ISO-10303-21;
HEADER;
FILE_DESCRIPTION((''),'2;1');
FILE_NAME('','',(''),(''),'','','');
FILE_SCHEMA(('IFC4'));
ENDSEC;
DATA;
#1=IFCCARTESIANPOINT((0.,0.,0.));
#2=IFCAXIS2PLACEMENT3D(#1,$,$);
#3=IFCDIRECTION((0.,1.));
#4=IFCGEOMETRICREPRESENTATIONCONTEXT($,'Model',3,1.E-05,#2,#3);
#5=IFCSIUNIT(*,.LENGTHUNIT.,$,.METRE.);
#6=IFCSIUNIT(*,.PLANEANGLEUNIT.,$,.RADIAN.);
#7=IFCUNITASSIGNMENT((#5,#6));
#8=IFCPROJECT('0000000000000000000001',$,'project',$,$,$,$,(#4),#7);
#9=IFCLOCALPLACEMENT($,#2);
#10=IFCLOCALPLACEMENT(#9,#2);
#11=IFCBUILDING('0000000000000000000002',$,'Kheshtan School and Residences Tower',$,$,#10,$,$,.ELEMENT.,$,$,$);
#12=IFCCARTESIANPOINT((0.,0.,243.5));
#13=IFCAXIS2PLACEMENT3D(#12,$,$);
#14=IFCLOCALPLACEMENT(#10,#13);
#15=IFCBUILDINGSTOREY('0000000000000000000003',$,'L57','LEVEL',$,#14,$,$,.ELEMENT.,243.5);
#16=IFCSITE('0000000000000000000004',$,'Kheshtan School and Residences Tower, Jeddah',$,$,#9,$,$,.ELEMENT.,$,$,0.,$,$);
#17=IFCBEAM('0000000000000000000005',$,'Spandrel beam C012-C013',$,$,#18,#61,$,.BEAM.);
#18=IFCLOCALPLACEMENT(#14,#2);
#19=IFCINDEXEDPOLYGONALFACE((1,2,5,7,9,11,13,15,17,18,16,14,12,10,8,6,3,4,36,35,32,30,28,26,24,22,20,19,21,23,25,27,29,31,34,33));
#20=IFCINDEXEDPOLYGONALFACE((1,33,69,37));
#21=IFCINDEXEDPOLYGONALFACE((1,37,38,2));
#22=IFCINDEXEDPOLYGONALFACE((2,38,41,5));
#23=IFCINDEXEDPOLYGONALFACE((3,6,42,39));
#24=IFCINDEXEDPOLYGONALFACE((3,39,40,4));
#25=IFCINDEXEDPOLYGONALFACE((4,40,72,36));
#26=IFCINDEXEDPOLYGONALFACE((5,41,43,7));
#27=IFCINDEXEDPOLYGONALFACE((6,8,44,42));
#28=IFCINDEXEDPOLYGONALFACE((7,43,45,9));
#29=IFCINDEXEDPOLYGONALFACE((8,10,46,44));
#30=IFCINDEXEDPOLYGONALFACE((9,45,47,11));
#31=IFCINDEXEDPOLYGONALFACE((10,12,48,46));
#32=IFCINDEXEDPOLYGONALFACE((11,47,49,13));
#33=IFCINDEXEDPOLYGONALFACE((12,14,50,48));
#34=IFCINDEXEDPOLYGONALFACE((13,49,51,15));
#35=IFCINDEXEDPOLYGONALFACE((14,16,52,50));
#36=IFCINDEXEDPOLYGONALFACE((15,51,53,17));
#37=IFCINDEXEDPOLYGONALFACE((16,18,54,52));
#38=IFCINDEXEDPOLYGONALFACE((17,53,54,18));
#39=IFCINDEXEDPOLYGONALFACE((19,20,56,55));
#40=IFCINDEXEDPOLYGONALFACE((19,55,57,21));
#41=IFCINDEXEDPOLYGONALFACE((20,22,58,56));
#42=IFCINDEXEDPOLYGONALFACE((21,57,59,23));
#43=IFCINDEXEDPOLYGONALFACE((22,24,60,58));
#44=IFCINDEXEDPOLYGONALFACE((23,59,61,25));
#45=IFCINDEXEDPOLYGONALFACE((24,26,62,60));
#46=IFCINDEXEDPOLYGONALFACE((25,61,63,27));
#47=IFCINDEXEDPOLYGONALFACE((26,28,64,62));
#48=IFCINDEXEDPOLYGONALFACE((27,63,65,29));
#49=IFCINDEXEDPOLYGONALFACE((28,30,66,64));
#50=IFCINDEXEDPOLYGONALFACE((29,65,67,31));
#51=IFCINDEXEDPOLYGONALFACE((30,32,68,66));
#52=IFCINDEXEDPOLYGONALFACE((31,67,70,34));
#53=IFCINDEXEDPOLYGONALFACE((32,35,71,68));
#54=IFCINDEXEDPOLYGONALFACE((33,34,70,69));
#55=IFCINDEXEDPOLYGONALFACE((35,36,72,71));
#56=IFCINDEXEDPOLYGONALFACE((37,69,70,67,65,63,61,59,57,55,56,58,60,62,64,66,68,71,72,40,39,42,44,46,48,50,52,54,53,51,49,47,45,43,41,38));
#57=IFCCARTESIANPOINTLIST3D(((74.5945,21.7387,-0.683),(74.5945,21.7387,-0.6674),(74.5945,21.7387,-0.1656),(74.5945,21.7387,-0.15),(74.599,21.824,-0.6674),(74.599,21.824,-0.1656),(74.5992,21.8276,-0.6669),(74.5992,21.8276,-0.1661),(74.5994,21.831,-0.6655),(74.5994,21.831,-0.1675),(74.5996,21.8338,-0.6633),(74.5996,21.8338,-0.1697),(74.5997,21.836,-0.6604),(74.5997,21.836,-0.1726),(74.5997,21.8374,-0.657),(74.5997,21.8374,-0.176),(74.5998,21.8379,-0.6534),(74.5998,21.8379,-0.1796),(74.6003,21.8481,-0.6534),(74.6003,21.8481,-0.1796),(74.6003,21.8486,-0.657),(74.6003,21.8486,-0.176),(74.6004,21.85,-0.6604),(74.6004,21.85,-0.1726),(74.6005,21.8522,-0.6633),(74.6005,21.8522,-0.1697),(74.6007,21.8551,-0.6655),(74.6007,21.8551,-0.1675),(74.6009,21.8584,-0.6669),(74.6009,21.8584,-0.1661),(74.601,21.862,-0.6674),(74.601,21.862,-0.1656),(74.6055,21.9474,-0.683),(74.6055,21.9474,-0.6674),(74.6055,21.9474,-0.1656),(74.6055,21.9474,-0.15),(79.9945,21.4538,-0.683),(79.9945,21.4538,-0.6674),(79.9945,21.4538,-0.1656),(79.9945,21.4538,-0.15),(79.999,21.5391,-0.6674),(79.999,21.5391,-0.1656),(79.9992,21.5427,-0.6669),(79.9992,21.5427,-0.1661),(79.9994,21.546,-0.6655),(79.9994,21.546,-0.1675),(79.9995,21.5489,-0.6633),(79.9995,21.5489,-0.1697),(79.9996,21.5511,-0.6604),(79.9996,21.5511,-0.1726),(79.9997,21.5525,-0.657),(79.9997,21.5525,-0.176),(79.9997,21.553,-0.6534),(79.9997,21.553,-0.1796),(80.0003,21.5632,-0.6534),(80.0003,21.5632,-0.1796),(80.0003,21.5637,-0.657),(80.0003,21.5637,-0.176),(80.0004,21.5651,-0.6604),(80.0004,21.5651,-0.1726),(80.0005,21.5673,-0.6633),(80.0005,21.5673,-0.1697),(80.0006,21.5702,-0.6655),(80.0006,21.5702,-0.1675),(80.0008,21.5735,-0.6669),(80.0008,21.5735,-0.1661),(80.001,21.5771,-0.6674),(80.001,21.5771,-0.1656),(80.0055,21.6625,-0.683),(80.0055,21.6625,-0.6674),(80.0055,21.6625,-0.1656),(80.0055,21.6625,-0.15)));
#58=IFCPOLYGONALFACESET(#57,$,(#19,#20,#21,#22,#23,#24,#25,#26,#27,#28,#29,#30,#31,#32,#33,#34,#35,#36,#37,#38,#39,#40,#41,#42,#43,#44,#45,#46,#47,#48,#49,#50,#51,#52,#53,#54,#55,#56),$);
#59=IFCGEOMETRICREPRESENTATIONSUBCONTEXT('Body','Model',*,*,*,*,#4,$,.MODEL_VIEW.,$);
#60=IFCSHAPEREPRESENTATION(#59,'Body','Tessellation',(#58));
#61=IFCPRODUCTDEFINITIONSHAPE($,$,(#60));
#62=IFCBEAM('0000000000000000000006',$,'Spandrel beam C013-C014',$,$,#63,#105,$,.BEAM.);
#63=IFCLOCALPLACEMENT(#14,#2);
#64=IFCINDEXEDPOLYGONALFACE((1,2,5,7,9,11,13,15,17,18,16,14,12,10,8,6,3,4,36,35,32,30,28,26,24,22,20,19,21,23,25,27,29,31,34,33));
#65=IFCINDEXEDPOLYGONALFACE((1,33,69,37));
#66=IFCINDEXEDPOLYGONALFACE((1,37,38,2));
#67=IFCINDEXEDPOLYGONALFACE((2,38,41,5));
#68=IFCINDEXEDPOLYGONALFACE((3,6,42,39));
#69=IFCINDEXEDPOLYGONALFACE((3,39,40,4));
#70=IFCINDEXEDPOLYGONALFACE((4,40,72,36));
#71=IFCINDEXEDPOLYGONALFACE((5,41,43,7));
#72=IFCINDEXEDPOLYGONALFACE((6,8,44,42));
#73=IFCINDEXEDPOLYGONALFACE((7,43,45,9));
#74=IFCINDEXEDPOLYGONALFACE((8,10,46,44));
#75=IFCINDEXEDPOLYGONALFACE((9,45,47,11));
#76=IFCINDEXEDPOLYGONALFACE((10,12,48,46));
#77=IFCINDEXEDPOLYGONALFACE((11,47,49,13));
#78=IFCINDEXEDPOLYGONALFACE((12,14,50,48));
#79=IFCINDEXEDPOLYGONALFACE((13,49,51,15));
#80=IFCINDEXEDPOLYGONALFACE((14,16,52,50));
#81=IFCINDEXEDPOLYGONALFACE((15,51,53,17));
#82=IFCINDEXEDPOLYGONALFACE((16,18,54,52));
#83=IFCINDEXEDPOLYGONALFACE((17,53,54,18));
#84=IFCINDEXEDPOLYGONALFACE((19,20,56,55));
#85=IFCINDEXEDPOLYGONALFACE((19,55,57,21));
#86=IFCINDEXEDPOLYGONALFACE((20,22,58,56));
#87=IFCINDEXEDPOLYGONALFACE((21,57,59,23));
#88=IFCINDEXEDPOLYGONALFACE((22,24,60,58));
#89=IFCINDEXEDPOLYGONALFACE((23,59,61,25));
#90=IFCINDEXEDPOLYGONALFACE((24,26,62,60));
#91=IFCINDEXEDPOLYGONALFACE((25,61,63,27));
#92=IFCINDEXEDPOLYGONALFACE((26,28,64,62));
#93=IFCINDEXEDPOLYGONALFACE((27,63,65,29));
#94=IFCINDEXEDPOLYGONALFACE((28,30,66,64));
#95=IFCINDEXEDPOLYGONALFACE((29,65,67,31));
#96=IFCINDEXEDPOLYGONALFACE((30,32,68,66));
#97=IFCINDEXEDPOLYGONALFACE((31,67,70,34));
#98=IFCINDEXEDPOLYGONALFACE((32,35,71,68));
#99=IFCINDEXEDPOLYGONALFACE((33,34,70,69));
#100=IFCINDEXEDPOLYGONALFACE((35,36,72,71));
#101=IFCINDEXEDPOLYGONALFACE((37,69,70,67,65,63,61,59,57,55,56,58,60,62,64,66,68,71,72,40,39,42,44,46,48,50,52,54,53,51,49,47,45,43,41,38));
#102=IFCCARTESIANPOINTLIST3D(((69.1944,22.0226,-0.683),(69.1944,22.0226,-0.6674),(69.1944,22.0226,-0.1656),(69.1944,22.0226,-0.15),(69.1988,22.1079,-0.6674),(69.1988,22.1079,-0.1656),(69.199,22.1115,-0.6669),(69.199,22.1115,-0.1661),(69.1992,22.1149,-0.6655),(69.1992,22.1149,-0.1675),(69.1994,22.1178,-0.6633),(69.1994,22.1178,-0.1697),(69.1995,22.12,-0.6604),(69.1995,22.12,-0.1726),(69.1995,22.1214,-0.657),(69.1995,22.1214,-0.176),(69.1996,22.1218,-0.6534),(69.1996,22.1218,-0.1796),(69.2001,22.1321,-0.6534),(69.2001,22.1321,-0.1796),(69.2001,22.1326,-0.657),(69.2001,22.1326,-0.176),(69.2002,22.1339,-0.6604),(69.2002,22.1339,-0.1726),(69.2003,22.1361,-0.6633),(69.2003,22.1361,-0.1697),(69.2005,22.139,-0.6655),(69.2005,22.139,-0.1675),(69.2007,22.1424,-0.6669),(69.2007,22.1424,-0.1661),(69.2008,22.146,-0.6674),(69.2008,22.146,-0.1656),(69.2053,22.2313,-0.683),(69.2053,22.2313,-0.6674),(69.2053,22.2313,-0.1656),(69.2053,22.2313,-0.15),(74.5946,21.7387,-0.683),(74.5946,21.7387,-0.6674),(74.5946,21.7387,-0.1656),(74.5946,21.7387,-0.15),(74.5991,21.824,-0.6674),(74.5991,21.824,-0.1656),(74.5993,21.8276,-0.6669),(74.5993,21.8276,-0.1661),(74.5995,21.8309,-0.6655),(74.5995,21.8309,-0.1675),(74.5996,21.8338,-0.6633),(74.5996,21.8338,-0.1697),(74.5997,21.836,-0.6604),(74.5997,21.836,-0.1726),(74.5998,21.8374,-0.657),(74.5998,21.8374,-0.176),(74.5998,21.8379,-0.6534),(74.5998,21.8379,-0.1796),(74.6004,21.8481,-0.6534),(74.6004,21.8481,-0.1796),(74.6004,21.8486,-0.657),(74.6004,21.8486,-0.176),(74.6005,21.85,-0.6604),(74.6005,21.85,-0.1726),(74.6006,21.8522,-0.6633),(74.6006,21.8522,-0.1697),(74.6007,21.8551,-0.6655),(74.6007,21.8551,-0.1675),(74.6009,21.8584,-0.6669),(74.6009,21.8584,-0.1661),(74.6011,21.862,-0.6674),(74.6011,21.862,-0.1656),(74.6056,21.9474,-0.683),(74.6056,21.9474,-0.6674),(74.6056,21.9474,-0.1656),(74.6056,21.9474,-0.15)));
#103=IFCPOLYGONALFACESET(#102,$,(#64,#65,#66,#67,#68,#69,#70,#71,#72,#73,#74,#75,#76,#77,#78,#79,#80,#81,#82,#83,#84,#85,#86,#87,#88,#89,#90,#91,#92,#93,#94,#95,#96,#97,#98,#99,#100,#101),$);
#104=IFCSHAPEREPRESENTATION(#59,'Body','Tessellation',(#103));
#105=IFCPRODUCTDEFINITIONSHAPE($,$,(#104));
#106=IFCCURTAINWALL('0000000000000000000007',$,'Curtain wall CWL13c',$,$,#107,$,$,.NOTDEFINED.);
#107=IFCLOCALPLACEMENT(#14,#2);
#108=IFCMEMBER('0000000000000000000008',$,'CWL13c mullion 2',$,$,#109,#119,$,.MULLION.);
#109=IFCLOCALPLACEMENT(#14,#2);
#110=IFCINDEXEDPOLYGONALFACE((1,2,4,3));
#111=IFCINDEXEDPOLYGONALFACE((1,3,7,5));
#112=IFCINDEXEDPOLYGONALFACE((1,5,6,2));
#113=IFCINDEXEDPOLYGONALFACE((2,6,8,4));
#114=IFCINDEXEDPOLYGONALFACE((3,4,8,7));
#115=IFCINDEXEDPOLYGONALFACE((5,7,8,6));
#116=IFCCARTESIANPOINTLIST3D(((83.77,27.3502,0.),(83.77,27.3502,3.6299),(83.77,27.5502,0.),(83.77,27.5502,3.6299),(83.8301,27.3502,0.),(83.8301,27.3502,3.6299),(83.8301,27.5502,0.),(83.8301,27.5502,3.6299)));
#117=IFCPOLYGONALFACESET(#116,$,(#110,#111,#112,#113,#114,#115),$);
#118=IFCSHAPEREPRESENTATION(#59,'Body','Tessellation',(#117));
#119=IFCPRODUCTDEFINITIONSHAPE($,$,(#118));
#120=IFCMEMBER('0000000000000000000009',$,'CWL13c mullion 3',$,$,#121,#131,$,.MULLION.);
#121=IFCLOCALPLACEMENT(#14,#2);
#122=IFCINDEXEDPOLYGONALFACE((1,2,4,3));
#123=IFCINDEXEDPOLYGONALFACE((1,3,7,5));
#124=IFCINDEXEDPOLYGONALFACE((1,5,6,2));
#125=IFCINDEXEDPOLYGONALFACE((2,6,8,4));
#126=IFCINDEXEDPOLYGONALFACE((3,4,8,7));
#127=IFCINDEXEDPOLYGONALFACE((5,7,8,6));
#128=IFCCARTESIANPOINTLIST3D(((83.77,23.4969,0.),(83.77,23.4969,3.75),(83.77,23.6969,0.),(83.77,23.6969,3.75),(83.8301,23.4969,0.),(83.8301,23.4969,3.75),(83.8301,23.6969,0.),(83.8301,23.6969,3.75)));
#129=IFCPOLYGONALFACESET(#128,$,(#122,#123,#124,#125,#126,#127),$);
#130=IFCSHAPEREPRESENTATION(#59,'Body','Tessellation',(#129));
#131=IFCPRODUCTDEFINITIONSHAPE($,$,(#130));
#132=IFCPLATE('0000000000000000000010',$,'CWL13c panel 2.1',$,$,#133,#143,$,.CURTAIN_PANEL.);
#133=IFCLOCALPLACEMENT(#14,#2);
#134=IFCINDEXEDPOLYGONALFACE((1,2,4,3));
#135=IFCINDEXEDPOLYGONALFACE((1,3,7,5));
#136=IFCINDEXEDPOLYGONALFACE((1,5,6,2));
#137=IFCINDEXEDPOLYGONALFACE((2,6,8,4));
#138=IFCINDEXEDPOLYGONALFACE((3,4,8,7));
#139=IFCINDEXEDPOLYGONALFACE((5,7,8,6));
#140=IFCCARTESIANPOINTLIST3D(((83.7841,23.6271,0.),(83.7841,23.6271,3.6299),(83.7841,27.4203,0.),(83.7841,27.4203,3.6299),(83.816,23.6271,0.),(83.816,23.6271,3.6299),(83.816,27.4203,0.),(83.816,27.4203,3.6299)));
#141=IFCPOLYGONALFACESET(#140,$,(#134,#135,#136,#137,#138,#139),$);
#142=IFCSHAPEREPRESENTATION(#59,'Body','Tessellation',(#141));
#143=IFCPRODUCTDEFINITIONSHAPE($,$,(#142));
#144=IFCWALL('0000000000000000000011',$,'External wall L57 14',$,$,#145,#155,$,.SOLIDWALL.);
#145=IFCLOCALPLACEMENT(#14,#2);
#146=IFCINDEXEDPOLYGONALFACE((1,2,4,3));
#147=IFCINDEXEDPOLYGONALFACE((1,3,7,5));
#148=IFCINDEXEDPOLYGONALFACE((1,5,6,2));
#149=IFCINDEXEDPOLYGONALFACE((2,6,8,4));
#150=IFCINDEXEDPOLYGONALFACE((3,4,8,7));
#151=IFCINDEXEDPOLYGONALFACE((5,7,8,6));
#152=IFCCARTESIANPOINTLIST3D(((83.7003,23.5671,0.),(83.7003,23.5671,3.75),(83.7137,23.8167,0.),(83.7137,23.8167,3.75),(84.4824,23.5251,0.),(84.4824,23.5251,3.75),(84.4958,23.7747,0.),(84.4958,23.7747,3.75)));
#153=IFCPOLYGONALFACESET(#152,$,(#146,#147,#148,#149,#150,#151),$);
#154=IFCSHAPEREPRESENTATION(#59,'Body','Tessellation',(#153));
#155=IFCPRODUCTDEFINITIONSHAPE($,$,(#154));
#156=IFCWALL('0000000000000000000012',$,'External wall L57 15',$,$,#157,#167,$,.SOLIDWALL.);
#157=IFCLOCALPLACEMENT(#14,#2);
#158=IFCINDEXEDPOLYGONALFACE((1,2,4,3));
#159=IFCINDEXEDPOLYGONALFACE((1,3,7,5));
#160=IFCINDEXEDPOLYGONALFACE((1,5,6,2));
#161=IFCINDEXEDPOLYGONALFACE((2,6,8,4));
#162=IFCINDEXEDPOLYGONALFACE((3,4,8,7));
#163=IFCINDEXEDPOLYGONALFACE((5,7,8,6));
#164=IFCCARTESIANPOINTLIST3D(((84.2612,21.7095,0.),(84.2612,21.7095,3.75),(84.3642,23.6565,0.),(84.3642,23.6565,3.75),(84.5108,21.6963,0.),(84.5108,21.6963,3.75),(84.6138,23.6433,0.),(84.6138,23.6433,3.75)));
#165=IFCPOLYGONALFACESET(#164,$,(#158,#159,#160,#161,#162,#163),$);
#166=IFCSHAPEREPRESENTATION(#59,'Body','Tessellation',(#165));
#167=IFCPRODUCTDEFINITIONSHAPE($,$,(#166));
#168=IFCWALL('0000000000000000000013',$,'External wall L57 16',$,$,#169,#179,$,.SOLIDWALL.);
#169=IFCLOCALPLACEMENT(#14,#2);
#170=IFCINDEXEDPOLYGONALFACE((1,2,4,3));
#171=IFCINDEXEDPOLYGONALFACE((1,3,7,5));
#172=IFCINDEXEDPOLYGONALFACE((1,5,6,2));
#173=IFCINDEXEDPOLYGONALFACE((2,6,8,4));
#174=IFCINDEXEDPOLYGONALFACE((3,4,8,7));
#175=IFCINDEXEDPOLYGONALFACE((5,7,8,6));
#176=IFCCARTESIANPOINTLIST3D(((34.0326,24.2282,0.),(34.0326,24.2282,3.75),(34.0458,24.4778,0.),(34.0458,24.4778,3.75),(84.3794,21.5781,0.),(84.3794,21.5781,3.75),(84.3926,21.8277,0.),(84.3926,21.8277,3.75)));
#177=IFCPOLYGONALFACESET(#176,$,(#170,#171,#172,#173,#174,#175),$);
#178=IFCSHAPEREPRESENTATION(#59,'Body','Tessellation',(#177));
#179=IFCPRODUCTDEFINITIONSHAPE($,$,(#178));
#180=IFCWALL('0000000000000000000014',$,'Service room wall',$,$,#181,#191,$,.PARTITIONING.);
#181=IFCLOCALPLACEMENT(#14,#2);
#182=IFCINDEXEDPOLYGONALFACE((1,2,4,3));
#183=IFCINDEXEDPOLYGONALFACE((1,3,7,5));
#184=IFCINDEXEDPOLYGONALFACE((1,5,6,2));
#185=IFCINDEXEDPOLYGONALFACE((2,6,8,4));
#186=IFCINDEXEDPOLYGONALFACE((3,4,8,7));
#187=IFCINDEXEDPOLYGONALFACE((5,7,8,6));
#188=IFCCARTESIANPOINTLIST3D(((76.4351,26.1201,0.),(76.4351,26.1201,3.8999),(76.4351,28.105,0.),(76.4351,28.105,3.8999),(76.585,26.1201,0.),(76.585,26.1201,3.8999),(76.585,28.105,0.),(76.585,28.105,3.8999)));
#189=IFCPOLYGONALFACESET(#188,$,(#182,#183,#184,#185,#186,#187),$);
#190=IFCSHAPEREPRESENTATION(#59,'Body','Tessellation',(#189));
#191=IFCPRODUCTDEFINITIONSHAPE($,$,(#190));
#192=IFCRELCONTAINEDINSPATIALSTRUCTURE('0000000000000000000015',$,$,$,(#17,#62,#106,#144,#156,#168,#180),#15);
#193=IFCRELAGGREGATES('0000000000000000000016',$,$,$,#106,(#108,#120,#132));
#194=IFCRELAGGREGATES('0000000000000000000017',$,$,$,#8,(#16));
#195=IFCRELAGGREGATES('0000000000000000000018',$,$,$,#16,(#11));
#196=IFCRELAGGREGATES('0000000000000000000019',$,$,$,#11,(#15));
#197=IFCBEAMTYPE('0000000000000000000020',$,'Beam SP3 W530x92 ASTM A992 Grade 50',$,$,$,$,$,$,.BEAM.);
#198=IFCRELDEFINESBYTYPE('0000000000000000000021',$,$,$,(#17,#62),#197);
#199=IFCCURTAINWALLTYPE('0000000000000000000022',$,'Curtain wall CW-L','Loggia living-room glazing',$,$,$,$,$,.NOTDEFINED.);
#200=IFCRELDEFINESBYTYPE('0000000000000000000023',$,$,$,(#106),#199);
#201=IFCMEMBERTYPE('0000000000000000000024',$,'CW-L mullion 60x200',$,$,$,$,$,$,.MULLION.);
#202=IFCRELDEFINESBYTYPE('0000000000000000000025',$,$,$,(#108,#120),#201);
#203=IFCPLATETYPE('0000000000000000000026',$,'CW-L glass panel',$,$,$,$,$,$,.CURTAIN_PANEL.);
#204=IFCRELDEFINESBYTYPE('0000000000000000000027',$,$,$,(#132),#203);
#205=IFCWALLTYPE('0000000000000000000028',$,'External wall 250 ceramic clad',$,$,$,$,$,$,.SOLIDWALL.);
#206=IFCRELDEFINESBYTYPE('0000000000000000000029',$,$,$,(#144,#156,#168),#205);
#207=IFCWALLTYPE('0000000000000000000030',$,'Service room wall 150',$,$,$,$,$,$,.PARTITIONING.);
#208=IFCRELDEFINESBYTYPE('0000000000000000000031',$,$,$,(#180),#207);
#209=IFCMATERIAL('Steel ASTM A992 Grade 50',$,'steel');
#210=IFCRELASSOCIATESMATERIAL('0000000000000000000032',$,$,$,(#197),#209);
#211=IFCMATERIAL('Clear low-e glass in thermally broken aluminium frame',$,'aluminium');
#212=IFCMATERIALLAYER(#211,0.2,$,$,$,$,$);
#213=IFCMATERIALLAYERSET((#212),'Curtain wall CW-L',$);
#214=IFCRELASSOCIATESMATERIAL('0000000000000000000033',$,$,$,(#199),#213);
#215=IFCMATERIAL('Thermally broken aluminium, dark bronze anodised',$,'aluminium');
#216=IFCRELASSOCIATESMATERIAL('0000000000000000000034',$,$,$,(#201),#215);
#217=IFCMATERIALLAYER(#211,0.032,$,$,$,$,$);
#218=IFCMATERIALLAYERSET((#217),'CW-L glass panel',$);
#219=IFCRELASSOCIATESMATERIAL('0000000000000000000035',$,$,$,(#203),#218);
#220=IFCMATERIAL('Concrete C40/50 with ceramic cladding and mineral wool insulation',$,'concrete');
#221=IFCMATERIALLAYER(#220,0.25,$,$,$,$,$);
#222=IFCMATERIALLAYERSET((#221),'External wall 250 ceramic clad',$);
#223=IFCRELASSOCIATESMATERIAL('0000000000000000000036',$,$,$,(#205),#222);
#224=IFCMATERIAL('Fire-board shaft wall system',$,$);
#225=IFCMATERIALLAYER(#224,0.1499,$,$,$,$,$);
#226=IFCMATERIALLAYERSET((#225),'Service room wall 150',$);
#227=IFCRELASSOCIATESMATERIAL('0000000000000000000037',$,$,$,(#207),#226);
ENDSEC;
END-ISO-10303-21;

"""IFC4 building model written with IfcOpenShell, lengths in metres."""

from ifc_helpers import new_model, si_unit, direction, frame, frame_2d, origin, origin_2d, place, context, subcontext, project, spatial, rectangle, i_section, extrude, material, layer, layer_set, material_profile, profile_set, type_object, element, aggregate, save


model = new_model("IFC4")

# Units and contexts
model_context = context("Model", 3, precision=1e-05, world=origin(), true_north=direction((0.0, 1.0)))
body_context = subcontext(model_context, "Body", "Model", "MODEL_VIEW")
ifc_project = project(units=[si_unit("LENGTHUNIT", "METRE"), si_unit("PLANEANGLEUNIT", "RADIAN")], contexts=[model_context])

# Site, building, storey
site_placement = place(None, origin())
site = spatial("IfcSite", under=ifc_project, at=site_placement, Name="Kheshtan School and Residences Tower, Jeddah", CompositionType="ELEMENT", RefElevation=0.0)
building_placement = place(site_placement, origin())
building = spatial("IfcBuilding", under=site, at=building_placement, Name="Kheshtan School and Residences Tower", CompositionType="ELEMENT")
storey_placement = place(building_placement, frame((0.0, 0.0, 243.5)))
storey = spatial("IfcBuildingStorey", under=building, at=storey_placement, Name="L57", Description="LEVEL", CompositionType="ELEMENT", Elevation=243.5)

# Shared definitions
ifc_material_1 = material(Name="Steel ASTM A992 Grade 50", Category="steel")

# Beams
ifc_material_profile_1 = material_profile(ifc_material_1, i_section(OverallWidth=0.209, OverallDepth=0.533, WebThickness=0.0103, FlangeThickness=0.0156, FilletRadius=0.0139, at=origin_2d()), Name="W530x92")
ifc_profile_set_1 = profile_set([ifc_material_profile_1], Name="Steel ASTM A992 Grade 50")
beam_type = type_object("IfcBeamType", Name="Beam SP3 W530x92 ASTM A992 Grade 50", PredefinedType="BEAM", material=ifc_profile_set_1)
beam_1_placement = place(storey_placement, frame((80.0, 21.5581, -0.4165), z_axis=(-0.998611, 0.052689, 0.0), x_axis=(-0.052689, -0.998611, 0.0)))
element("IfcBeam", 1, at=beam_1_placement, inside=storey, type_object=beam_type, Name="Spandrel beam C012-C013", PredefinedType="BEAM", context=body_context, shape_type="SweptSolid", body=[
    extrude(i_section(OverallWidth=0.209, OverallDepth=0.533, WebThickness=0.0103, FlangeThickness=0.0156, FilletRadius=0.0139, at=origin_2d()), origin(), (0.0, 0.0, 1.0), 5.4075),
])
beam_2_placement = place(storey_placement, frame((74.6001, 21.843, -0.4165), z_axis=(-0.998621, 0.052507, 0.0), x_axis=(-0.052507, -0.998621, 0.0)))
element("IfcBeam", 2, at=beam_2_placement, inside=storey, type_object=beam_type, Name="Spandrel beam C013-C014", PredefinedType="BEAM", context=body_context, shape_type="SweptSolid", body=[
    extrude(i_section(OverallWidth=0.209, OverallDepth=0.533, WebThickness=0.0103, FlangeThickness=0.0156, FilletRadius=0.0139, at=origin_2d()), origin(), (0.0, 0.0, 1.0), 5.4077),
])

# Curtain wall, members, plate
ifc_material_2 = material(Name="Clear low-e glass in thermally broken aluminium frame", Category="aluminium")
ifc_layer_1 = layer(ifc_material_2, 0.2)
ifc_layer_set_1 = layer_set([ifc_layer_1], Name="Curtain wall CW-L")
curtain_wall_type = type_object("IfcCurtainWallType", Name="Curtain wall CW-L", Description="Loggia living-room glazing", PredefinedType="NOTDEFINED", material=ifc_layer_set_1)
curtain_wall_placement = place(storey_placement, origin())
curtain_wall = element("IfcCurtainWall", 3, at=curtain_wall_placement, inside=storey, type_object=curtain_wall_type, Name="Curtain wall CWL13c", PredefinedType="NOTDEFINED")
ifc_material_3 = material(Name="Thermally broken aluminium, dark bronze anodised", Category="aluminium")
ifc_material_profile_2 = material_profile(ifc_material_3, rectangle(XDim=0.0601, YDim=0.2, at=origin_2d()), Name="CW-L mullion 60x200")
ifc_profile_set_2 = profile_set([ifc_material_profile_2], Name="Thermally broken aluminium, dark bronze anodised")
member_type = type_object("IfcMemberType", Name="CW-L mullion 60x200", PredefinedType="MULLION", material=ifc_profile_set_2)
member_1_placement = place(storey_placement, frame((83.8, 27.4502, 0.0), z_axis=(0.0, 0.0, 1.0), x_axis=(1.0, 0.0, 0.0)))
member_1 = element("IfcMember", 4, at=member_1_placement, type_object=member_type, Name="CWL13c mullion 2", PredefinedType="MULLION", context=body_context, shape_type="SweptSolid", body=[
    extrude(rectangle(XDim=0.0601, YDim=0.2, at=origin_2d()), origin(), (0.0, 0.0, 1.0), 3.6299),
])
member_2_placement = place(storey_placement, frame((83.8, 23.5969, 0.0), z_axis=(0.0, 0.0, 1.0), x_axis=(1.0, 0.0, 0.0)))
member_2 = element("IfcMember", 5, at=member_2_placement, type_object=member_type, Name="CWL13c mullion 3", PredefinedType="MULLION", context=body_context, shape_type="SweptSolid", body=[
    extrude(rectangle(XDim=0.0601, YDim=0.2, at=origin_2d()), origin(), (0.0, 0.0, 1.0), 3.75),
])
ifc_layer_2 = layer(ifc_material_2, 0.032)
ifc_layer_set_2 = layer_set([ifc_layer_2], Name="CW-L glass panel")
plate_type = type_object("IfcPlateType", Name="CW-L glass panel", PredefinedType="CURTAIN_PANEL", material=ifc_layer_set_2)
plate_placement = place(storey_placement, frame((83.8, 25.5237, 0.0), z_axis=(0.0, 0.0, 1.0), x_axis=(0.0, -1.0, 0.0)))
plate = element("IfcPlate", 6, at=plate_placement, type_object=plate_type, Name="CWL13c panel 2.1", PredefinedType="CURTAIN_PANEL", context=body_context, shape_type="SweptSolid", body=[
    extrude(rectangle(XDim=3.7932, YDim=0.032, at=origin_2d()), origin(), (0.0, 0.0, 1.0), 3.6299),
])
aggregate(curtain_wall, [member_1, member_2, plate])

# Walls
ifc_material_4 = material(Name="Concrete C40/50 with ceramic cladding and mineral wool insulation", Category="concrete")
ifc_layer_3 = layer(ifc_material_4, 0.25)
ifc_layer_set_3 = layer_set([ifc_layer_3], Name="External wall 250 ceramic clad")
wall_type_1 = type_object("IfcWallType", Name="External wall 250 ceramic clad", PredefinedType="SOLIDWALL", material=ifc_layer_set_3)
wall_1_placement = place(storey_placement, frame((83.707, 23.6919, 0.0), z_axis=(0.0, 0.0, 1.0), x_axis=(0.998561, -0.053622, 0.0)))
element("IfcWall", 7, at=wall_1_placement, inside=storey, type_object=wall_type_1, Name="External wall L57 14", PredefinedType="SOLIDWALL", context=body_context, shape_type="SweptSolid", body=[
    extrude(rectangle(XDim=0.7832, YDim=0.25, at=frame_2d((0.3916, 0.0))), origin(), (0.0, 0.0, 1.0), 3.75),
])
wall_2_placement = place(storey_placement, frame((84.489, 23.6499, 0.0), z_axis=(0.0, 0.0, 1.0), x_axis=(-0.052841, -0.998603, 0.0)))
element("IfcWall", 8, at=wall_2_placement, inside=storey, type_object=wall_type_1, Name="External wall L57 15", PredefinedType="SOLIDWALL", context=body_context, shape_type="SweptSolid", body=[
    extrude(rectangle(XDim=1.9497, YDim=0.25, at=frame_2d((0.9749, 0.0))), origin(), (0.0, 0.0, 1.0), 3.75),
])
wall_3_placement = place(storey_placement, frame((84.386, 21.7029, 0.0), z_axis=(0.0, 0.0, 1.0), x_axis=(-0.998618, 0.052565, 0.0)))
element("IfcWall", 9, at=wall_3_placement, inside=storey, type_object=wall_type_1, Name="External wall L57 16", PredefinedType="SOLIDWALL", context=body_context, shape_type="SweptSolid", body=[
    extrude(rectangle(XDim=50.4165, YDim=0.25, at=frame_2d((25.2083, 0.0))), origin(), (0.0, 0.0, 1.0), 3.75),
])
ifc_material_5 = material(Name="Fire-board shaft wall system")
ifc_layer_4 = layer(ifc_material_5, 0.1499)
ifc_layer_set_4 = layer_set([ifc_layer_4], Name="Service room wall 150")
wall_type_2 = type_object("IfcWallType", Name="Service room wall 150", PredefinedType="PARTITIONING", material=ifc_layer_set_4)
wall_4_placement = place(storey_placement, frame((76.51, 26.1201, 0.0), z_axis=(0.0, 0.0, 1.0), x_axis=(0.0, 1.0, 0.0)))
element("IfcWall", 10, at=wall_4_placement, inside=storey, type_object=wall_type_2, Name="Service room wall", PredefinedType="PARTITIONING", context=body_context, shape_type="SweptSolid", body=[
    extrude(rectangle(XDim=1.9849, YDim=0.1499, at=frame_2d((0.9924, 0.0))), origin(), (0.0, 0.0, 1.0), 3.8999),
])

save(model, "model.ifc")
